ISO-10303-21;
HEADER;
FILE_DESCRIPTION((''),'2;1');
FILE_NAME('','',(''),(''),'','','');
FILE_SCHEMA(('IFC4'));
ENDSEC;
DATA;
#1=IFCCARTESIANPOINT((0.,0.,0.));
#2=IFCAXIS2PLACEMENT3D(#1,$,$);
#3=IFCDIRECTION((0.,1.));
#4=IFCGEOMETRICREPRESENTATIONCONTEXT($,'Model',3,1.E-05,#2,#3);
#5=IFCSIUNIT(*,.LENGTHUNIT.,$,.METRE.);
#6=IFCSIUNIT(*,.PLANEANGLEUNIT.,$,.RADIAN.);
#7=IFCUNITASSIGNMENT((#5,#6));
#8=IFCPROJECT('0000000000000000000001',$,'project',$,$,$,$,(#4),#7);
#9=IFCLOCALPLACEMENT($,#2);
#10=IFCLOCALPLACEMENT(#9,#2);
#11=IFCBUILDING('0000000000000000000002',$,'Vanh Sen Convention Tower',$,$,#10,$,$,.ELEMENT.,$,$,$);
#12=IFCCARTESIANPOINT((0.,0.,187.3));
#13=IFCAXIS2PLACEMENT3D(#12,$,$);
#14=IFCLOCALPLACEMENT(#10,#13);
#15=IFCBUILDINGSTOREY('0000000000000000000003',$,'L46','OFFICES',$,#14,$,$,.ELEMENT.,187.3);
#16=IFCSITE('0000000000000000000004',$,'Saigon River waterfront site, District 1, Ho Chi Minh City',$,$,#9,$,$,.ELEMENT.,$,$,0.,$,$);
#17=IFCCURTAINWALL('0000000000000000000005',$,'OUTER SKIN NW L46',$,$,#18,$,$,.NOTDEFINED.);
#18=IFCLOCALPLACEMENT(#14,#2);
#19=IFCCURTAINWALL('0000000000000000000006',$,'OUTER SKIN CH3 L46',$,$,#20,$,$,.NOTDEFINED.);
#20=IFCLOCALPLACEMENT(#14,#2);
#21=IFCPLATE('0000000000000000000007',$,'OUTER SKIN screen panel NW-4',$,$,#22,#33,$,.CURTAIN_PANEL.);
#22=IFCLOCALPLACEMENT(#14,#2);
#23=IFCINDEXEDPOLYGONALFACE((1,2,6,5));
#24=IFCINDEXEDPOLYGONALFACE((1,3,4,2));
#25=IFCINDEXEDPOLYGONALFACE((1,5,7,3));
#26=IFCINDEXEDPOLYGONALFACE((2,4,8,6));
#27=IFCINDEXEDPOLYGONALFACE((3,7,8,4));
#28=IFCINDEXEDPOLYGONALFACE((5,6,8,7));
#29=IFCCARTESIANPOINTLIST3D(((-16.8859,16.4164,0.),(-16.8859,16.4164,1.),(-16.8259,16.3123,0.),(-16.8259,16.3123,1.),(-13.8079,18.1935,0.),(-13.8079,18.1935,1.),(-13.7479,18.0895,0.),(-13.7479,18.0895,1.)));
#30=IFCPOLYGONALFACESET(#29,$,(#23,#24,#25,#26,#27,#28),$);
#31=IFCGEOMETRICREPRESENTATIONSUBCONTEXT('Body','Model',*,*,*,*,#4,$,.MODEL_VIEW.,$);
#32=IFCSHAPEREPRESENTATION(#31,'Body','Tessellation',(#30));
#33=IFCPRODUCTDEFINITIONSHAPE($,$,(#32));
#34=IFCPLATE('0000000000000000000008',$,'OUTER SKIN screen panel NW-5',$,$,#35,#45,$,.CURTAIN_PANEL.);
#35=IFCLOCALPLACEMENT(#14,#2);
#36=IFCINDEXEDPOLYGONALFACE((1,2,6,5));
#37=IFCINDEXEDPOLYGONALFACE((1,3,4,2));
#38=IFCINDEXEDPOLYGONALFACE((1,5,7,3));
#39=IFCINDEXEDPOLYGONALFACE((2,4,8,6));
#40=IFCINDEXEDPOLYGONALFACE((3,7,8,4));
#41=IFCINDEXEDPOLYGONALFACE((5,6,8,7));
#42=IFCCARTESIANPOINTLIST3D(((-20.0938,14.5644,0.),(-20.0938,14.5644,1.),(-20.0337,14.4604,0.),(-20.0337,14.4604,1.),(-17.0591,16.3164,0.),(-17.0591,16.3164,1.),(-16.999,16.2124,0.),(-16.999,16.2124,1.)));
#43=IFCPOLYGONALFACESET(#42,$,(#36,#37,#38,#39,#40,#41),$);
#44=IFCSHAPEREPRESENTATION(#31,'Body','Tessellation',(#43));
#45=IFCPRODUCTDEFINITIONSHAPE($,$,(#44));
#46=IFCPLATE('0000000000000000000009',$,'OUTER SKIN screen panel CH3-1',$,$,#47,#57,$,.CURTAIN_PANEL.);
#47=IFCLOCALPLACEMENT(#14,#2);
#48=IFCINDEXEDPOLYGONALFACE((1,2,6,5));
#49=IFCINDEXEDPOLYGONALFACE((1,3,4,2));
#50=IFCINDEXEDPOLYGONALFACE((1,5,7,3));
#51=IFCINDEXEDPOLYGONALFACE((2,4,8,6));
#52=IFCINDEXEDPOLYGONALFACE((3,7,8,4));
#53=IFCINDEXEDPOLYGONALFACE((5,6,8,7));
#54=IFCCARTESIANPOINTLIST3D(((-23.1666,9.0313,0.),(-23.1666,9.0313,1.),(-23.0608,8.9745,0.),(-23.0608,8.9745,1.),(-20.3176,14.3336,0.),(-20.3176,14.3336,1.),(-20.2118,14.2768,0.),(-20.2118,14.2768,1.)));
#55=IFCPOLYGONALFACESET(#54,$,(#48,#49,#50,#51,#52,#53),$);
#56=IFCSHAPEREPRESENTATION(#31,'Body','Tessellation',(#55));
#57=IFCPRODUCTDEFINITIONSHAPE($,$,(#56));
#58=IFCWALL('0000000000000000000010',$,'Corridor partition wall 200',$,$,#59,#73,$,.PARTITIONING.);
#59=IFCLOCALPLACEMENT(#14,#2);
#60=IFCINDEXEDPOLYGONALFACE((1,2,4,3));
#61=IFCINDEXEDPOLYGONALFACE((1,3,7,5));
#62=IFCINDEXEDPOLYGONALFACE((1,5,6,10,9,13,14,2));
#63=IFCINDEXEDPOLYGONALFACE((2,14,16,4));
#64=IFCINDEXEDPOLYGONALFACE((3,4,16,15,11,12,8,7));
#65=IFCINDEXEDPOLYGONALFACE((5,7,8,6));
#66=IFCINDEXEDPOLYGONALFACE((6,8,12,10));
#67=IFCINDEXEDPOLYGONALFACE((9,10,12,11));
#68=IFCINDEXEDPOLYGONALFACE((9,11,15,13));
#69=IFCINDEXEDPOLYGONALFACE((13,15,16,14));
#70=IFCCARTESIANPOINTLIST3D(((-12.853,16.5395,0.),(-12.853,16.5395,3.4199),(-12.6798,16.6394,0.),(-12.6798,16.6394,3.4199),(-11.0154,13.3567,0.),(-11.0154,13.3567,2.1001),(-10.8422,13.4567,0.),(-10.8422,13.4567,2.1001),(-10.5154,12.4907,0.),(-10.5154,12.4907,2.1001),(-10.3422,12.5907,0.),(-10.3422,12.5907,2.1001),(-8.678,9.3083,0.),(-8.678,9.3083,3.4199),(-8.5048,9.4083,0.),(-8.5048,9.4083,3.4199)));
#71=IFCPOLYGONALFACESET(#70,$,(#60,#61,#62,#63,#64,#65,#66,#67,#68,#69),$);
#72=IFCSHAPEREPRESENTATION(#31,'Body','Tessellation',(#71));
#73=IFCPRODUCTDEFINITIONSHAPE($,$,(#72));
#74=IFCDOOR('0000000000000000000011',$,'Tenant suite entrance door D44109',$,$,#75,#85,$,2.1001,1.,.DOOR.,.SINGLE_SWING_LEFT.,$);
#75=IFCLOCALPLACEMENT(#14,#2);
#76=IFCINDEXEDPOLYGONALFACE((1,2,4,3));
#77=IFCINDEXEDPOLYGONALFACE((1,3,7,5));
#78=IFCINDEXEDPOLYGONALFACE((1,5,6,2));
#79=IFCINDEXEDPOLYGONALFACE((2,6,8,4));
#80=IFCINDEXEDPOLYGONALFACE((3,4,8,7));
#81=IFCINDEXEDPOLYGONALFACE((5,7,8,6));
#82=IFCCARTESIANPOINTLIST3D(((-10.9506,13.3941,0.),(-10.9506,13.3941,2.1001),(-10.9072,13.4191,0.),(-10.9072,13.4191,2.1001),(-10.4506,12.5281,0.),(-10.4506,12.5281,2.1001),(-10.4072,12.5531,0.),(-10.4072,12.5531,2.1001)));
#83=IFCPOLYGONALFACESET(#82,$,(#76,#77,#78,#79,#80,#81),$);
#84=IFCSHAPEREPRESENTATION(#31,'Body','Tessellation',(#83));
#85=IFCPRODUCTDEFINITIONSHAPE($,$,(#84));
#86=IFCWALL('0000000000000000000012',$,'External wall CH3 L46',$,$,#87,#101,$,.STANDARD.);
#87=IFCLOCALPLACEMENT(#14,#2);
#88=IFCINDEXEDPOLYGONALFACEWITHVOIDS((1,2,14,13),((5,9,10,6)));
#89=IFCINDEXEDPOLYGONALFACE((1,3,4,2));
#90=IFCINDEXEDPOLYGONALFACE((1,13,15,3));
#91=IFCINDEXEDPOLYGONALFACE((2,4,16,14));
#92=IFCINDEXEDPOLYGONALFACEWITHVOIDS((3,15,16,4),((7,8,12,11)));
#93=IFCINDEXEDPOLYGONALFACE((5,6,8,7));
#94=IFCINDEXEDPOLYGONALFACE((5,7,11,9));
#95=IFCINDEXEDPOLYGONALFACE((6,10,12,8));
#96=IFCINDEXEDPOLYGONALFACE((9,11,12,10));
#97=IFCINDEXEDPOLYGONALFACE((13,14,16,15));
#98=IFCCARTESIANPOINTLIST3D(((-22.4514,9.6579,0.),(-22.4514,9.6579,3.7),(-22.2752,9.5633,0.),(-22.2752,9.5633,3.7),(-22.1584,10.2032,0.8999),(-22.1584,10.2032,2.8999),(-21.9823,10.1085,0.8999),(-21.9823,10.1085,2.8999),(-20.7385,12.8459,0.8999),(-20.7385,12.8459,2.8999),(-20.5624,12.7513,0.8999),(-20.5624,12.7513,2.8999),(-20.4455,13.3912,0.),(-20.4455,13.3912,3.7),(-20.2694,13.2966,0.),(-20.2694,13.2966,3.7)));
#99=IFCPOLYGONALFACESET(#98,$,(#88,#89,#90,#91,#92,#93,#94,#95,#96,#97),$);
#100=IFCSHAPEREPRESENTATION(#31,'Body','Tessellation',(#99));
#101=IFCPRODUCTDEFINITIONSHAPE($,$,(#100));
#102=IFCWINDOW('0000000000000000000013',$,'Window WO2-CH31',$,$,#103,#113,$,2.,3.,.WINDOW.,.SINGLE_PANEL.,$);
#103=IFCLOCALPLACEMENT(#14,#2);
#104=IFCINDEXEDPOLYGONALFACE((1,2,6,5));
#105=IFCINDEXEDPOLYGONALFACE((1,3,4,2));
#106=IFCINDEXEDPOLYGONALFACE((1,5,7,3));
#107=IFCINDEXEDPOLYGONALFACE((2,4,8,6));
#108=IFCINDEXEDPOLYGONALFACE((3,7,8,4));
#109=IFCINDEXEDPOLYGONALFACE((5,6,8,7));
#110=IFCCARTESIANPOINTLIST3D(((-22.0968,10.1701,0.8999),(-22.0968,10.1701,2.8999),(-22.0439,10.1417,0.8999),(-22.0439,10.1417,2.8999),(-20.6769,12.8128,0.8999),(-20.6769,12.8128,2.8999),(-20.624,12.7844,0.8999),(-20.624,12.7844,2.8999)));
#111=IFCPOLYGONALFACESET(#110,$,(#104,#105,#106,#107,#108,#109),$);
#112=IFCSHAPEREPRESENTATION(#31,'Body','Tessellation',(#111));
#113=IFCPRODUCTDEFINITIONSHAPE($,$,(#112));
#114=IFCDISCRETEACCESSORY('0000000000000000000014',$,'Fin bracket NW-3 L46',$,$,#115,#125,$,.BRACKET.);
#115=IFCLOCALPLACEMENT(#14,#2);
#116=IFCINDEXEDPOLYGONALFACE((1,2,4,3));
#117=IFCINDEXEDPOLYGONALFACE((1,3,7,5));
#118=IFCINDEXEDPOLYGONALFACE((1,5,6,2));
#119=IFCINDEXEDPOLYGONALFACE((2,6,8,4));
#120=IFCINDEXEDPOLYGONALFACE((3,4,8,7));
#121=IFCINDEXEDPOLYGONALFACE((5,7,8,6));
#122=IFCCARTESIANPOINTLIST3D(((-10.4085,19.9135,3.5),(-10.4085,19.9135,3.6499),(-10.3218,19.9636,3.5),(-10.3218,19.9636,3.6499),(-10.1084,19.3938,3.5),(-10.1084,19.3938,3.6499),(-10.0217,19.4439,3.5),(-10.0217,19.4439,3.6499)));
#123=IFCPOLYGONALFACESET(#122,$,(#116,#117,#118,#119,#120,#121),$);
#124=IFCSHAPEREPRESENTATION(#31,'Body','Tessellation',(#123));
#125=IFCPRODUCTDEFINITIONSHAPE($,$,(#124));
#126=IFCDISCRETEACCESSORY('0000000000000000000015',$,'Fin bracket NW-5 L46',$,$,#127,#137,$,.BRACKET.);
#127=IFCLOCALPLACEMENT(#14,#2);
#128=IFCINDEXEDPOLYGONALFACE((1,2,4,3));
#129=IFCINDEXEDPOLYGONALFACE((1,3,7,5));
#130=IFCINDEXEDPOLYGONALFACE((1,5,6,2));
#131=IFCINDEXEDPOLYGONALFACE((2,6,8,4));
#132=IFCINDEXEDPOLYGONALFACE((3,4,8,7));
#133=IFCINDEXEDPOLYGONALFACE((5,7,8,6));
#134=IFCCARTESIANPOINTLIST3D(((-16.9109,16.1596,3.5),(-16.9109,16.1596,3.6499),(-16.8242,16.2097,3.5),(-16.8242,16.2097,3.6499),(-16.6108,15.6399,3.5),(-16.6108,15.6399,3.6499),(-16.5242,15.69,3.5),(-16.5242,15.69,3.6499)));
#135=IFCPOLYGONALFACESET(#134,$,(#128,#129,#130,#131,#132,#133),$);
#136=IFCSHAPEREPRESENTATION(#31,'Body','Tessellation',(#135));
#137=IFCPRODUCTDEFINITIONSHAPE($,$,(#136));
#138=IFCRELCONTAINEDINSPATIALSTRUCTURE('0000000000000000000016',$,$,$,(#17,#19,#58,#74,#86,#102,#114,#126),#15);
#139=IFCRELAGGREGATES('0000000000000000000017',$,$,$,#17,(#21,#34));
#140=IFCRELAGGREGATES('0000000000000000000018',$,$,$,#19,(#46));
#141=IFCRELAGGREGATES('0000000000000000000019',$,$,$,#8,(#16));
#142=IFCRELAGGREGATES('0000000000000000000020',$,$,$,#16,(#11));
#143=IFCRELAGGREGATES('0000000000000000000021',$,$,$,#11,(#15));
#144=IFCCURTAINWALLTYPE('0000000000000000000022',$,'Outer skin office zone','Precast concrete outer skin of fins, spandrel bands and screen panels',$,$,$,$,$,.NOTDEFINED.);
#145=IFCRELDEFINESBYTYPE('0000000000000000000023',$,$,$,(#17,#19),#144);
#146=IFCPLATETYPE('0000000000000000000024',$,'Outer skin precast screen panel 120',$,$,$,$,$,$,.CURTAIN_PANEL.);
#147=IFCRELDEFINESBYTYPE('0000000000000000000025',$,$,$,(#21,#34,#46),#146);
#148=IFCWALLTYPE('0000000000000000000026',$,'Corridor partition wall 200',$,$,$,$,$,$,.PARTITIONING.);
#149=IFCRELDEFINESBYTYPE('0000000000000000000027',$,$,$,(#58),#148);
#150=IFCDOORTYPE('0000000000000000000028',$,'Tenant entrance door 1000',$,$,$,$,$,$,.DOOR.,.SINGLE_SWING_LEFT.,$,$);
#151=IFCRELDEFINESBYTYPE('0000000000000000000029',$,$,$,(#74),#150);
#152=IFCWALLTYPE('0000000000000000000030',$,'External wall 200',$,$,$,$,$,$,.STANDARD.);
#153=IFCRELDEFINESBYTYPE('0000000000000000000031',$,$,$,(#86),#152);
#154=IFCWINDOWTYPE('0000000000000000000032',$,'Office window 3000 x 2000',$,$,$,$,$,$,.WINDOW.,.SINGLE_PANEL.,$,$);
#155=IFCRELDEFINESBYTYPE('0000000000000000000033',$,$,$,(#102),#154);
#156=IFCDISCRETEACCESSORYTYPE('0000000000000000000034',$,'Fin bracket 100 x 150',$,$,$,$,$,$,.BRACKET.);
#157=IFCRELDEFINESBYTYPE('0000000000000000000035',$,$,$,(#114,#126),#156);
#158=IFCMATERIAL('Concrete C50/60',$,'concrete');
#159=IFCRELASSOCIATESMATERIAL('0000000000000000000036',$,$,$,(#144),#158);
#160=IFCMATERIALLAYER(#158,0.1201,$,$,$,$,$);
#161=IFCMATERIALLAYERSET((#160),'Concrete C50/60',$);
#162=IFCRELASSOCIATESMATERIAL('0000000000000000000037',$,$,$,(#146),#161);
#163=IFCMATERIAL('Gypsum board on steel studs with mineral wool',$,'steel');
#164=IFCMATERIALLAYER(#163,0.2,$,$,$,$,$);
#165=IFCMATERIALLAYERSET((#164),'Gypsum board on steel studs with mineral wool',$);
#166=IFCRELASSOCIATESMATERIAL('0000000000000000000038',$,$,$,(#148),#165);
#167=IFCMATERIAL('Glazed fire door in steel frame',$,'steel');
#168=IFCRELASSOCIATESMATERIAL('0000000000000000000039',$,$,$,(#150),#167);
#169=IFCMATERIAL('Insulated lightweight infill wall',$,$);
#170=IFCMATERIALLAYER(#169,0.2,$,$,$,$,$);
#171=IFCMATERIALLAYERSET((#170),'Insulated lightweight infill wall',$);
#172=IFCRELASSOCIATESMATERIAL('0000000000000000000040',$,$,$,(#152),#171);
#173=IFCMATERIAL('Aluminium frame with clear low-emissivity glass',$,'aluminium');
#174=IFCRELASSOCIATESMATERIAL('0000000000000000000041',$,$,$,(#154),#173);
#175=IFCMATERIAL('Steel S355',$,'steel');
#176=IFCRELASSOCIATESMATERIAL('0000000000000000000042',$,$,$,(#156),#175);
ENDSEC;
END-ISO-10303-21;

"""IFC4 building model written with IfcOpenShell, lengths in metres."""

from ifc_helpers import new_model, si_unit, direction, frame, frame_2d, origin, origin_2d, place, context, subcontext, project, spatial, rectangle, extrude, material, layer, layer_set, type_object, element, fill, aggregate, save


model = new_model("IFC4")

# Units and contexts
model_context = context("Model", 3, precision=1e-05, world=origin(), true_north=direction((0.0, 1.0)))
body_context = subcontext(model_context, "Body", "Model", "MODEL_VIEW")
ifc_project = project(units=[si_unit("LENGTHUNIT", "METRE"), si_unit("PLANEANGLEUNIT", "RADIAN")], contexts=[model_context])

# Site, building, storey
site_placement = place(None, origin())
site = spatial("IfcSite", under=ifc_project, at=site_placement, Name="Saigon River waterfront site, District 1, Ho Chi Minh City", CompositionType="ELEMENT", RefElevation=0.0)
building_placement = place(site_placement, origin())
building = spatial("IfcBuilding", under=site, at=building_placement, Name="Vanh Sen Convention Tower", CompositionType="ELEMENT")
storey_placement = place(building_placement, frame((0.0, 0.0, 187.3)))
storey = spatial("IfcBuildingStorey", under=building, at=storey_placement, Name="L46", Description="OFFICES", CompositionType="ELEMENT", Elevation=187.3)

# Curtain wall
ifc_material_1 = material(Name="Concrete C50/60", Category="concrete")
curtain_wall_type = type_object("IfcCurtainWallType", Name="Outer skin office zone", Description="Precast concrete outer skin of fins, spandrel bands and screen panels", PredefinedType="NOTDEFINED", material=ifc_material_1)
curtain_wall_1_placement = place(storey_placement, origin())
curtain_wall_1 = element("IfcCurtainWall", 1, at=curtain_wall_1_placement, inside=storey, type_object=curtain_wall_type, Name="OUTER SKIN NW L46", PredefinedType="NOTDEFINED")

# Curtain wall
curtain_wall_2_placement = place(storey_placement, origin())
curtain_wall_2 = element("IfcCurtainWall", 2, at=curtain_wall_2_placement, inside=storey, type_object=curtain_wall_type, Name="OUTER SKIN CH3 L46", PredefinedType="NOTDEFINED")

# Plates
ifc_layer_1 = layer(ifc_material_1, 0.1201)
ifc_layer_set_1 = layer_set([ifc_layer_1], Name="Concrete C50/60")
plate_type = type_object("IfcPlateType", Name="Outer skin precast screen panel 120", PredefinedType="CURTAIN_PANEL", material=ifc_layer_set_1)
plate_1_placement = place(storey_placement, frame((-15.3169, 17.2529, 0.0), z_axis=(0.0, 0.0, 1.0), x_axis=(-0.866017, -0.500015, 0.0)))
plate_1 = element("IfcPlate", 3, at=plate_1_placement, type_object=plate_type, Name="OUTER SKIN screen panel NW-4", PredefinedType="CURTAIN_PANEL", context=body_context, shape_type="SweptSolid", body=[
    extrude(rectangle(XDim=3.5542, YDim=0.1201, at=origin_2d()), origin(), (0.0, 0.0, 1.0), 1.0),
])
plate_2_placement = place(storey_placement, frame((-18.5464, 15.3884, 0.0), z_axis=(0.0, 0.0, 1.0), x_axis=(-0.866035, -0.499983, 0.0)))
plate_2 = element("IfcPlate", 4, at=plate_2_placement, type_object=plate_type, Name="OUTER SKIN screen panel NW-5", PredefinedType="CURTAIN_PANEL", context=body_context, shape_type="SweptSolid", body=[
    extrude(rectangle(XDim=3.5042, YDim=0.1201, at=origin_2d()), origin(), (0.0, 0.0, 1.0), 1.0),
])
aggregate(curtain_wall_1, [plate_1, plate_2])
plate_3_placement = place(storey_placement, frame((-21.6892, 11.6541, 0.0), z_axis=(0.0, 0.0, 1.0), x_axis=(-0.473318, -0.880892, 0.0)))
plate_3 = element("IfcPlate", 5, at=plate_3_placement, type_object=plate_type, Name="OUTER SKIN screen panel CH3-1", PredefinedType="CURTAIN_PANEL", context=body_context, shape_type="SweptSolid", body=[
    extrude(rectangle(XDim=6.0193, YDim=0.1201, at=origin_2d()), origin(), (0.0, 0.0, 1.0), 1.0),
])
aggregate(curtain_wall_2, [plate_3])

# Wall, opening, door
ifc_material_2 = material(Name="Gypsum board on steel studs with mineral wool", Category="steel")
ifc_layer_2 = layer(ifc_material_2, 0.2)
ifc_layer_set_2 = layer_set([ifc_layer_2], Name="Gypsum board on steel studs with mineral wool")
wall_type_1 = type_object("IfcWallType", Name="Corridor partition wall 200", PredefinedType="PARTITIONING", material=ifc_layer_set_2)
wall_1_placement = place(storey_placement, frame((-12.7664, 16.5894, 0.0), z_axis=(0.0, 0.0, 1.0), x_axis=(0.50001, -0.86602, 0.0)))
wall_1 = element("IfcWall", 6, at=wall_1_placement, inside=storey, type_object=wall_type_1, Name="Corridor partition wall 200", PredefinedType="PARTITIONING", context=body_context, shape_type="SweptSolid", body=[
    extrude(rectangle(XDim=8.3499, YDim=0.2, at=frame_2d((4.1748, 0.0))), origin(), (0.0, 0.0, 1.0), 3.4199),
])
opening_1_placement = place(wall_1_placement, frame((3.675, 0.0, 0.0)))
opening_1 = element("IfcOpeningElement", 7, at=opening_1_placement, cuts=wall_1, PredefinedType="OPENING", context=body_context, shape_type="SweptSolid", body=[
    extrude(rectangle(XDim=1.0, YDim=2.1001, at=frame_2d((0.5, 1.05))), frame((0.0, 0.1099, 0.0), z_axis=(0.0, -1.0, 0.0), x_axis=(1.0, 0.0, 0.0)), (0.0, 0.0, 1.0), 0.22),
])
ifc_material_3 = material(Name="Glazed fire door in steel frame", Category="steel")
door_type = type_object("IfcDoorType", Name="Tenant entrance door 1000", OperationType="SINGLE_SWING_LEFT", PredefinedType="DOOR", material=ifc_material_3)
door_placement = place(opening_1_placement, origin())
door = element("IfcDoor", 8, at=door_placement, inside=storey, type_object=door_type, Name="Tenant suite entrance door D44109", OperationType="SINGLE_SWING_LEFT", OverallHeight=2.1001, OverallWidth=1.0, PredefinedType="DOOR", context=body_context, shape_type="SweptSolid", body=[
    extrude(rectangle(XDim=1.0, YDim=2.1001, at=frame_2d((0.5, 1.05))), frame((0.0, 0.0249, 0.0), z_axis=(0.0, -1.0, 0.0), x_axis=(1.0, 0.0, 0.0)), (0.0, 0.0, 1.0), 0.05),
])
fill(opening_1, door)

# Wall, opening, window
ifc_material_4 = material(Name="Insulated lightweight infill wall")
ifc_layer_3 = layer(ifc_material_4, 0.2)
ifc_layer_set_3 = layer_set([ifc_layer_3], Name="Insulated lightweight infill wall")
wall_type_2 = type_object("IfcWallType", Name="External wall 200", PredefinedType="STANDARD", material=ifc_layer_set_3)
wall_2_placement = place(storey_placement, frame((-20.3574, 13.344, 0.0), z_axis=(0.0, 0.0, 1.0), x_axis=(-0.473289, -0.880907, 0.0)))
wall_2 = element("IfcWall", 9, at=wall_2_placement, inside=storey, type_object=wall_type_2, Name="External wall CH3 L46", PredefinedType="STANDARD", context=body_context, shape_type="SweptSolid", body=[
    extrude(rectangle(XDim=4.238, YDim=0.2, at=frame_2d((2.1191, 0.0))), origin(), (0.0, 0.0, 1.0), 3.7),
])
opening_2_placement = place(wall_2_placement, frame((0.6191, 0.0, 0.8999)))
opening_2 = element("IfcOpeningElement", 10, at=opening_2_placement, cuts=wall_2, PredefinedType="OPENING", context=body_context, shape_type="SweptSolid", body=[
    extrude(rectangle(XDim=3.0, YDim=2.0, at=frame_2d((1.5, 1.0))), frame((0.0, 0.1099, 0.0), z_axis=(0.0, -1.0, 0.0), x_axis=(1.0, 0.0, 0.0)), (0.0, 0.0, 1.0), 0.22),
])
ifc_material_5 = material(Name="Aluminium frame with clear low-emissivity glass", Category="aluminium")
window_type = type_object("IfcWindowType", Name="Office window 3000 x 2000", PartitioningType="SINGLE_PANEL", PredefinedType="WINDOW", material=ifc_material_5)
window_placement = place(opening_2_placement, origin())
window = element("IfcWindow", 11, at=window_placement, inside=storey, type_object=window_type, Name="Window WO2-CH31", OverallHeight=2.0, OverallWidth=3.0, PartitioningType="SINGLE_PANEL", PredefinedType="WINDOW", context=body_context, shape_type="SweptSolid", body=[
    extrude(rectangle(XDim=3.0, YDim=2.0, at=frame_2d((1.5, 1.0))), frame((0.0, 0.03, 0.0), z_axis=(0.0, -1.0, 0.0), x_axis=(1.0, 0.0, 0.0)), (0.0, 0.0, 1.0), 0.0601),
])
fill(opening_2, window)

# Discrete accessories
ifc_material_6 = material(Name="Steel S355", Category="steel")
discrete_accessory_type = type_object("IfcDiscreteAccessoryType", Name="Fin bracket 100 x 150", PredefinedType="BRACKET", material=ifc_material_6)
for number, where, z_axis, x_axis, name in (
    (12, (-10.2151, 19.6787, 3.5), (0.0, 0.0, 1.0), (-0.5, 0.866025, 0.0), "Fin bracket NW-3 L46"),
    (13, (-16.7175, 15.9248, 3.5), (0.0, 0.0, 1.0), (-0.5, 0.866025, 0.0), "Fin bracket NW-5 L46"),
):
    element("IfcDiscreteAccessory", number, at=place(storey_placement, frame(where, z_axis=z_axis, x_axis=x_axis)), inside=storey, type_object=discrete_accessory_type, Name=name, PredefinedType="BRACKET", context=body_context, shape_type="SweptSolid", body=[
        extrude(rectangle(XDim=0.6001, YDim=0.1001, at=origin_2d()), origin(), (0.0, 0.0, 1.0), 0.1499),
    ])

save(model, "model.ifc")
